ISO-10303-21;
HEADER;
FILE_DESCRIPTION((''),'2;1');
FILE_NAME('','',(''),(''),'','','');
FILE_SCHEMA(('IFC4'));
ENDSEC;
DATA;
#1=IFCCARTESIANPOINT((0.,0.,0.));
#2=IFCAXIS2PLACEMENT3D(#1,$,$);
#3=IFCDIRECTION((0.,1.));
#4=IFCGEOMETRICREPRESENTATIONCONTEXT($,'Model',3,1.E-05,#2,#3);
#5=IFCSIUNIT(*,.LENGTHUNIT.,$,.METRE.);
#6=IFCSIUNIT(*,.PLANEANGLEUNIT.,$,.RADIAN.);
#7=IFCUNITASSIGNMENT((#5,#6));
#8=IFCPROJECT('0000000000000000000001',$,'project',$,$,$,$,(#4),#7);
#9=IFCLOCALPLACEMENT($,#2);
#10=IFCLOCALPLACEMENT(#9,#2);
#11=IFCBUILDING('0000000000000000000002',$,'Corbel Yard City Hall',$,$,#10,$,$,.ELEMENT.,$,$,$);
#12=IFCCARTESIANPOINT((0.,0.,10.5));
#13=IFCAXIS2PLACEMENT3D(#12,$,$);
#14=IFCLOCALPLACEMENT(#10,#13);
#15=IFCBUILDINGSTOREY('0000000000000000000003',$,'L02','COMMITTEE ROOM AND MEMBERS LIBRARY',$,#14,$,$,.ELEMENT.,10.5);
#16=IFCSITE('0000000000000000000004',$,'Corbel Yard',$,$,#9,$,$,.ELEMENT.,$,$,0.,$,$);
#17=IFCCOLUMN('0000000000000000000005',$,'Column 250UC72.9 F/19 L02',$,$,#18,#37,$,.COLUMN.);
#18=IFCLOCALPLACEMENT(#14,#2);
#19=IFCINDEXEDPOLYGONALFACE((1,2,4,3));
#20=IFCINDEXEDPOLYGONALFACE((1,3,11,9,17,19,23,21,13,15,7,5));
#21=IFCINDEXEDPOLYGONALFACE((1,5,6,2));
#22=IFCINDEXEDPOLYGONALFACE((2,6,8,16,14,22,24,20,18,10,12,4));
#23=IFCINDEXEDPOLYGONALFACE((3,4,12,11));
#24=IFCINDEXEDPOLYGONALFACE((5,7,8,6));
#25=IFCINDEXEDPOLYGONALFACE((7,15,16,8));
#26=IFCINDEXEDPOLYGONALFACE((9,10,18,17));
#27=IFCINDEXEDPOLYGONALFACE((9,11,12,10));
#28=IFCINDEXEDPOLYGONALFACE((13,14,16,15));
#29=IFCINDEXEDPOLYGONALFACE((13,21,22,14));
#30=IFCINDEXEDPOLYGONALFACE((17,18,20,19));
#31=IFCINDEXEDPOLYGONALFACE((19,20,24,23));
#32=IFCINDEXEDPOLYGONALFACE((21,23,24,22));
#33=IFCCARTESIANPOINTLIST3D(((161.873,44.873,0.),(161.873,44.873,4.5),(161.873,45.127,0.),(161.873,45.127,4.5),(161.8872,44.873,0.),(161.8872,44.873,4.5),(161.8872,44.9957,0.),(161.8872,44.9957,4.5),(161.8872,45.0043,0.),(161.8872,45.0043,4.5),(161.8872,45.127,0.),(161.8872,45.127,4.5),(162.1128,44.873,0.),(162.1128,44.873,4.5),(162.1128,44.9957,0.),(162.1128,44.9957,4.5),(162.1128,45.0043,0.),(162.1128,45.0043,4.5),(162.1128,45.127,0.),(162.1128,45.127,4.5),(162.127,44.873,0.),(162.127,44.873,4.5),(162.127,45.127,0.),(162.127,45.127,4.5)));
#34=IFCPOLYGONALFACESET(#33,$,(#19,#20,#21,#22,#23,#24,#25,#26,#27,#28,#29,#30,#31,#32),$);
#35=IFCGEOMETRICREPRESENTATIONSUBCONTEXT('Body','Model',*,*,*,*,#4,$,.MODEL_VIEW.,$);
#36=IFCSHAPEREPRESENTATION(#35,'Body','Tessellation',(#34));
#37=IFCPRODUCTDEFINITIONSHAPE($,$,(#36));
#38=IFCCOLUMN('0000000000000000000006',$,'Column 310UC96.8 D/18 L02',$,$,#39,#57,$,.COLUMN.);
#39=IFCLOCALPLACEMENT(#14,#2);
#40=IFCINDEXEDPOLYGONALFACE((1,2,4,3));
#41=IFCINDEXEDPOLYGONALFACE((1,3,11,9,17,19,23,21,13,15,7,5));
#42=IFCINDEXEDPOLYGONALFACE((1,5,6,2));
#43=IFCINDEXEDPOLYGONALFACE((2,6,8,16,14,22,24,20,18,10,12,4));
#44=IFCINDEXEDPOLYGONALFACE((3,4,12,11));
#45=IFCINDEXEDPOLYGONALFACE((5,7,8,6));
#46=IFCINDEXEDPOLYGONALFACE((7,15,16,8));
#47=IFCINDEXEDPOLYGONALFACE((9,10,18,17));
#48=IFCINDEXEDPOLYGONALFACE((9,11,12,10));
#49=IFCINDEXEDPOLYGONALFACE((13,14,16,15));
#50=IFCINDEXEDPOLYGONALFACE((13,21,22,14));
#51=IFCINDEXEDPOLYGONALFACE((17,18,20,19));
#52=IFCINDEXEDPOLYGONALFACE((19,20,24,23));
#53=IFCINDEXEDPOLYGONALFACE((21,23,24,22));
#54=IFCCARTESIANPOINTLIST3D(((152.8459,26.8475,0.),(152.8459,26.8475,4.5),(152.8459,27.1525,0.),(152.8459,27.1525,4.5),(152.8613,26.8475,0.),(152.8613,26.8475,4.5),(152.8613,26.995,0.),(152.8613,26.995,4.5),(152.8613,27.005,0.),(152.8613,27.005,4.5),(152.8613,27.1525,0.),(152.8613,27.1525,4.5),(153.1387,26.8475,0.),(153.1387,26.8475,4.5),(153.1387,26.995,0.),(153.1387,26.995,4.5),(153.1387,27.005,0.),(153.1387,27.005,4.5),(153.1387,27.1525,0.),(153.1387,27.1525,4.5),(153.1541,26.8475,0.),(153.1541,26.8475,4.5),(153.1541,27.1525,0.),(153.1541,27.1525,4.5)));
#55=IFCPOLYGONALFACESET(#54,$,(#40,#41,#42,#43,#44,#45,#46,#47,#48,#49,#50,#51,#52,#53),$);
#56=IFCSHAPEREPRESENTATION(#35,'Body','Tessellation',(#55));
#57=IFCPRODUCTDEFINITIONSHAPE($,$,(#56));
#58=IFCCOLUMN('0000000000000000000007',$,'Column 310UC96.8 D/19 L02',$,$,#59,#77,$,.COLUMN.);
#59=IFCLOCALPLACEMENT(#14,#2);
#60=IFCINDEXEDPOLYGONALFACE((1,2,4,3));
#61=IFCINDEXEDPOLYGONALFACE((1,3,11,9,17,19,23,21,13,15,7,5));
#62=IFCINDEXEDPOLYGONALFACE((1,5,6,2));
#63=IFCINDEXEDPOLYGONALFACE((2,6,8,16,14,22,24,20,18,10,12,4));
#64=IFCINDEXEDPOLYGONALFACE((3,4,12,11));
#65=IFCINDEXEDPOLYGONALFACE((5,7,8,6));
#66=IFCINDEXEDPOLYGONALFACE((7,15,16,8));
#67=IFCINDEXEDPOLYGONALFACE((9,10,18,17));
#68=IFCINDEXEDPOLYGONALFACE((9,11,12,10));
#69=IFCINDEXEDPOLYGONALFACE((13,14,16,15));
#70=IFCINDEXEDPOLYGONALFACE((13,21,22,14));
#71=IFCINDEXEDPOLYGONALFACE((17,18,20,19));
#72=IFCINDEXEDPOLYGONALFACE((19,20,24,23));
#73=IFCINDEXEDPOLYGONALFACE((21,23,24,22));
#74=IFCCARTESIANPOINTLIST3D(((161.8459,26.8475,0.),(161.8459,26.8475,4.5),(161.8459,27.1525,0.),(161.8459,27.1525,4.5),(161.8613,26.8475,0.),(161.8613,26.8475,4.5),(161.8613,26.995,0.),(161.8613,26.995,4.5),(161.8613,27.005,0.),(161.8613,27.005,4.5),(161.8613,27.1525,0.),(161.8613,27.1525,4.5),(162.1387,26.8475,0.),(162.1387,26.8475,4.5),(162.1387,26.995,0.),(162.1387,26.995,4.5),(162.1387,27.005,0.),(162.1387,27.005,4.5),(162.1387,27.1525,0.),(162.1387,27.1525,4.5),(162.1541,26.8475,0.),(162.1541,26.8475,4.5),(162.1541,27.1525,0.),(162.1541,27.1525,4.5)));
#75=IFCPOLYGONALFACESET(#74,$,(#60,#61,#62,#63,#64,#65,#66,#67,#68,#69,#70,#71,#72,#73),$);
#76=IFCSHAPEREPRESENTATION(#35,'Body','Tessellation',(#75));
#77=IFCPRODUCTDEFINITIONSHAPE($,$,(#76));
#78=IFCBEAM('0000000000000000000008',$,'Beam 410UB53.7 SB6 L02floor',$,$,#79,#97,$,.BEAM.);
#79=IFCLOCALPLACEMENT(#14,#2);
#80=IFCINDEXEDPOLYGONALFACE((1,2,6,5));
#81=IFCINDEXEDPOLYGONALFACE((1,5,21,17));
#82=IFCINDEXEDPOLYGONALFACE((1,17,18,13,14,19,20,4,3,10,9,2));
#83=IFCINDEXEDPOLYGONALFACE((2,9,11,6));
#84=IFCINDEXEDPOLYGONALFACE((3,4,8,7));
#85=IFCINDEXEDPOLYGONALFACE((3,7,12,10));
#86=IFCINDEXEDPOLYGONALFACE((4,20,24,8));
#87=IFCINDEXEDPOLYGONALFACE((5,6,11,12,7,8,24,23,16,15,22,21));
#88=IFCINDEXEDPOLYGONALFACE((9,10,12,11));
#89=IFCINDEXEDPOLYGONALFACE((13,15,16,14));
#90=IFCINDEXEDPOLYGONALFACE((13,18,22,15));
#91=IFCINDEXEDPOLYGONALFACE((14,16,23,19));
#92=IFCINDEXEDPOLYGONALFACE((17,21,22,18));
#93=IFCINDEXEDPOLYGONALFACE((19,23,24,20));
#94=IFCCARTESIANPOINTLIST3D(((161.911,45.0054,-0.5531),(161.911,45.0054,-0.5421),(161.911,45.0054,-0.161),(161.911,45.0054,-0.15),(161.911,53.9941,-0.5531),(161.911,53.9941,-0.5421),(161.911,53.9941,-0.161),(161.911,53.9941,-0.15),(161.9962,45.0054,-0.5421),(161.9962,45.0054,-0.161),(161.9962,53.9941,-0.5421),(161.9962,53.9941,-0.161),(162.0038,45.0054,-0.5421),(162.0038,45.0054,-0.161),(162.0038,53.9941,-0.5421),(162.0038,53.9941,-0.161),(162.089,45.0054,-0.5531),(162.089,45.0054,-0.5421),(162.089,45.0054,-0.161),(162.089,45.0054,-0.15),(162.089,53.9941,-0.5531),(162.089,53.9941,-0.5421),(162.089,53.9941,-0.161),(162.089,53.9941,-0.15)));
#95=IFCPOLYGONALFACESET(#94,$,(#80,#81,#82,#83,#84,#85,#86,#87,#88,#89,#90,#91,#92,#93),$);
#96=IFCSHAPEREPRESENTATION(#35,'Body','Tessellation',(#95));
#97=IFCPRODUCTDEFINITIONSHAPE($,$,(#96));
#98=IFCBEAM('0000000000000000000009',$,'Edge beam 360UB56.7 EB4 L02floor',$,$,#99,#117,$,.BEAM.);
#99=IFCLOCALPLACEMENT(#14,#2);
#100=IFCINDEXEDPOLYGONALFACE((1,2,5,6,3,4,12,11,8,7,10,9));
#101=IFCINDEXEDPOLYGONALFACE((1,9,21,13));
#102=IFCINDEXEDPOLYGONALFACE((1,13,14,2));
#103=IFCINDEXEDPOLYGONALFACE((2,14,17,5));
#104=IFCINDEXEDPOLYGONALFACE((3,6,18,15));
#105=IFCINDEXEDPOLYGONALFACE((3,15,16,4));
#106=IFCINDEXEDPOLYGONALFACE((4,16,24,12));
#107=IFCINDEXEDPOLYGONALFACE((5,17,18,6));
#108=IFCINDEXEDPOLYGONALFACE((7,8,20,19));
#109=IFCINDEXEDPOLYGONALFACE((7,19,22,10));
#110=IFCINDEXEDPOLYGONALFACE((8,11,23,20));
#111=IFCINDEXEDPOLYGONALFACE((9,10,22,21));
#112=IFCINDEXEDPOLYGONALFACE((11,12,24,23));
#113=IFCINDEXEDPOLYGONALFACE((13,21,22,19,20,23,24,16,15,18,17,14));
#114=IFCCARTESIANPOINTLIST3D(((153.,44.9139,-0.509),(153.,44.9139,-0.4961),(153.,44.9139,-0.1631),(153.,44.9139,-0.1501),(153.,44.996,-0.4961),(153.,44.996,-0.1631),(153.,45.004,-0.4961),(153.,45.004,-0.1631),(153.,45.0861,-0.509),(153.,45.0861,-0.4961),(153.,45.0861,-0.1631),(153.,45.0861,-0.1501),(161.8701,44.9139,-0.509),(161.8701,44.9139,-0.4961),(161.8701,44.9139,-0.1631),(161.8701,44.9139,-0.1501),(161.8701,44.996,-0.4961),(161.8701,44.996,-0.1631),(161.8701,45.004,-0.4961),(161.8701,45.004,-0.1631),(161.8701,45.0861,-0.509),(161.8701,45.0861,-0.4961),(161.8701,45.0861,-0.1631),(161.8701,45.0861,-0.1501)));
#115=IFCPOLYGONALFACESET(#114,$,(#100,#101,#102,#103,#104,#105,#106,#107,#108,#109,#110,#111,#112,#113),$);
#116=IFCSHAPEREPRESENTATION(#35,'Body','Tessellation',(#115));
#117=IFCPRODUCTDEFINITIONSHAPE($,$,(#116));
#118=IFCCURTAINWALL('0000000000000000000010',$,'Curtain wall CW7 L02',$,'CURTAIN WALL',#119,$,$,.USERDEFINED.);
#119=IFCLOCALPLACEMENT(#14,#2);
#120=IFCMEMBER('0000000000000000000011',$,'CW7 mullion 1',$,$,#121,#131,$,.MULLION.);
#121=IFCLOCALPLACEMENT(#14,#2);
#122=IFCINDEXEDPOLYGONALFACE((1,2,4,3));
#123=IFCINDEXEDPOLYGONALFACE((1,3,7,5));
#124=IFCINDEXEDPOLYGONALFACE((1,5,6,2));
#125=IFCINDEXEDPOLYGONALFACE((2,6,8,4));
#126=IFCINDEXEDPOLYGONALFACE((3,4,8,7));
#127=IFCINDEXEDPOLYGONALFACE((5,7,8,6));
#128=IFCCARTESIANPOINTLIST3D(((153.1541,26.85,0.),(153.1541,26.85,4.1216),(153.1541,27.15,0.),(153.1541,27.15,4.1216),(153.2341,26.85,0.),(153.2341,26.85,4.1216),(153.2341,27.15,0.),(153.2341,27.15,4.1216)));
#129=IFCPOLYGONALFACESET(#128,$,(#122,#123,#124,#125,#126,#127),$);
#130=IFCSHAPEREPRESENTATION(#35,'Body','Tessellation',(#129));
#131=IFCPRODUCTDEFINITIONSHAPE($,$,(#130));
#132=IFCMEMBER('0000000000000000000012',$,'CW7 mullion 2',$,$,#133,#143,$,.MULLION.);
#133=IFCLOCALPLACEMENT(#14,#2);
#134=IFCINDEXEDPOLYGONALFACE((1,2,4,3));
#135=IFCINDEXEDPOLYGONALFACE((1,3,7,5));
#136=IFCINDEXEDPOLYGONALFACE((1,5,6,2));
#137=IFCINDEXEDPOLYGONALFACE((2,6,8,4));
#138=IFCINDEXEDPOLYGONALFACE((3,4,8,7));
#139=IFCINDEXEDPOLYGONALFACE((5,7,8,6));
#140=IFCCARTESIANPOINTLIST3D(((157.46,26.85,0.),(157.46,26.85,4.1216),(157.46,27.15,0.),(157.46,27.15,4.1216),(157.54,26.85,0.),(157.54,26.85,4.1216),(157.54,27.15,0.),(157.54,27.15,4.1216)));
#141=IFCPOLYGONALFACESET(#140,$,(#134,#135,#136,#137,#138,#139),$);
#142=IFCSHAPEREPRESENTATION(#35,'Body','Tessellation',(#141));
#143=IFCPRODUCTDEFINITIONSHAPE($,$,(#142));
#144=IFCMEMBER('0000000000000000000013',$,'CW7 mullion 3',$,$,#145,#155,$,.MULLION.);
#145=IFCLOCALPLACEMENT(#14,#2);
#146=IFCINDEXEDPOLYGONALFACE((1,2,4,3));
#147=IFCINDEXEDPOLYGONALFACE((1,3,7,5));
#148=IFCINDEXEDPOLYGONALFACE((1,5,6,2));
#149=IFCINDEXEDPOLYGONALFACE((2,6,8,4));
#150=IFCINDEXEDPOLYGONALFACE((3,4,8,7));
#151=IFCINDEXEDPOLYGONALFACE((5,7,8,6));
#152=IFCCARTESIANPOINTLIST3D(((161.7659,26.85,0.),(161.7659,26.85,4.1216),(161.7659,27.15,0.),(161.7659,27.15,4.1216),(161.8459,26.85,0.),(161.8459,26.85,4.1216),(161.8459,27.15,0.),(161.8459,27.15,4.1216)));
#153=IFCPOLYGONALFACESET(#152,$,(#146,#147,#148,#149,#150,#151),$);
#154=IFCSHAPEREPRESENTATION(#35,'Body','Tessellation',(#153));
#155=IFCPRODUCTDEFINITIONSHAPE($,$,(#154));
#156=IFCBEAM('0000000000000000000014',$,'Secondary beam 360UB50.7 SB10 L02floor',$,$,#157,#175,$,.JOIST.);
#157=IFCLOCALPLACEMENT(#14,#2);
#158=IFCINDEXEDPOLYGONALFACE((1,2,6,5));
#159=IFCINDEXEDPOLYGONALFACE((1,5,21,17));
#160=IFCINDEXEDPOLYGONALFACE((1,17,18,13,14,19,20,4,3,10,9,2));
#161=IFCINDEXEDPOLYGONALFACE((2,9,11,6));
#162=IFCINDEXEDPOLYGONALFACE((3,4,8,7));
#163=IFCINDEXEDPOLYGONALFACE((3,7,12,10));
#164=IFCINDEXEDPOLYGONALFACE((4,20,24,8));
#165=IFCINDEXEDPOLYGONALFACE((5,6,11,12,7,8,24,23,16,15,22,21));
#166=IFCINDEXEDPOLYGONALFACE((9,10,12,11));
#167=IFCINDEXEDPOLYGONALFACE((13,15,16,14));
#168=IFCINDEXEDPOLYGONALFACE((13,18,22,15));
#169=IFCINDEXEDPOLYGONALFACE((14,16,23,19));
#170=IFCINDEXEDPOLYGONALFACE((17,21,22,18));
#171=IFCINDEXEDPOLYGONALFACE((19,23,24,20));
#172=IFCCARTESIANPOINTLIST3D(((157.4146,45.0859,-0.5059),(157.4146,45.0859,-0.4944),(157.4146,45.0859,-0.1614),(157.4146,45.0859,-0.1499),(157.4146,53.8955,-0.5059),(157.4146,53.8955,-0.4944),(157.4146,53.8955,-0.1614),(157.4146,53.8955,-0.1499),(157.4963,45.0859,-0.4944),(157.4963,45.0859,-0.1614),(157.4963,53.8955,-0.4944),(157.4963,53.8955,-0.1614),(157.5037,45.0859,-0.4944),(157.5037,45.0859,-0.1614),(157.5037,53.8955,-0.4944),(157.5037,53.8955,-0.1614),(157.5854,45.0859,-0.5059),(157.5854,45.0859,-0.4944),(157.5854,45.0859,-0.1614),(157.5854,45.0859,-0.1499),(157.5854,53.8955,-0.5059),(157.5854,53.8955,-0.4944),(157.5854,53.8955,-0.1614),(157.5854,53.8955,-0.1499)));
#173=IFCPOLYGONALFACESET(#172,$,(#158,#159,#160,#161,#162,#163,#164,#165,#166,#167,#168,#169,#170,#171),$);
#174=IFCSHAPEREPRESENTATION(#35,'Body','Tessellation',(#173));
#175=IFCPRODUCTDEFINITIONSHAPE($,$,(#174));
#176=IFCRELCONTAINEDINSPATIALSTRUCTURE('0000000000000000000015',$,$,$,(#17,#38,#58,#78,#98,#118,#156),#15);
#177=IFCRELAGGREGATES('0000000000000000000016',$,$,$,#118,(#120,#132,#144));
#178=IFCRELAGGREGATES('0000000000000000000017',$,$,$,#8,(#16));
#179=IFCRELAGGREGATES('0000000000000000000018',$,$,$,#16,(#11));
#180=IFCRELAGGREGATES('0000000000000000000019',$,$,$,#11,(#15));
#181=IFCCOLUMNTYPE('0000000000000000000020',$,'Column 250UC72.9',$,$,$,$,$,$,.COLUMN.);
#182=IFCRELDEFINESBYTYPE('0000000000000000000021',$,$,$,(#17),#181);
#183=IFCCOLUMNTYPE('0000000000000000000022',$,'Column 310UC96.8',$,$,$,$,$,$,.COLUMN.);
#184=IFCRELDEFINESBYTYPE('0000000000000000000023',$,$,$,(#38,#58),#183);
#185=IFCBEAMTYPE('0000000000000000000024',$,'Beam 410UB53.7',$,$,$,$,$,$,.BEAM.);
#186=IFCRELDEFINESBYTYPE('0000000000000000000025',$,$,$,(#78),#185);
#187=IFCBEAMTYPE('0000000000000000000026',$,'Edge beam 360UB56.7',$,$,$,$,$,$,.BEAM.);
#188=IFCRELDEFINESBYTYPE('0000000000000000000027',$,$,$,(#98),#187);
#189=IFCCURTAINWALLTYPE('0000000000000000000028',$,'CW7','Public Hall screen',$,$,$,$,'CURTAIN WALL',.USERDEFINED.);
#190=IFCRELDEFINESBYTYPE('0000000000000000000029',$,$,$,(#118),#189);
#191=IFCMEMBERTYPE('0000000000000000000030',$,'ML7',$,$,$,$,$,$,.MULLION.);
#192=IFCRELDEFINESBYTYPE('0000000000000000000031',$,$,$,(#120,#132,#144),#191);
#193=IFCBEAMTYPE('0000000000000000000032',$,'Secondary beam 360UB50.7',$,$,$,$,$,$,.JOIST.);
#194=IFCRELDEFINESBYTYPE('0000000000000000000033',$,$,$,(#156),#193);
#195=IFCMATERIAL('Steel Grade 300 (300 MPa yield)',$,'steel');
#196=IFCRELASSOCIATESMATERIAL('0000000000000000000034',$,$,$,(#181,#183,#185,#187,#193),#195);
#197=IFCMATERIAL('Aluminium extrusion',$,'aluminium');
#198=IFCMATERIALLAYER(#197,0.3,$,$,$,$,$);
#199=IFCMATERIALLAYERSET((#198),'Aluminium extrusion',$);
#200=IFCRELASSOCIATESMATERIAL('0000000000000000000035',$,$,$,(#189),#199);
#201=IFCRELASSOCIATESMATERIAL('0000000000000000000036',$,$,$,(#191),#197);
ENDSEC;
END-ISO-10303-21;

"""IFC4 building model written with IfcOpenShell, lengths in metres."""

from ifc_helpers import new_model, si_unit, direction, frame, origin, origin_2d, place, context, subcontext, project, spatial, rectangle, i_section, extrude, material, layer, layer_set, material_profile, profile_set, type_object, element, aggregate, save


model = new_model("IFC4")

# Units and contexts
model_context = context("Model", 3, precision=1e-05, world=origin(), true_north=direction((0.0, 1.0)))
body_context = subcontext(model_context, "Body", "Model", "MODEL_VIEW")
ifc_project = project(units=[si_unit("LENGTHUNIT", "METRE"), si_unit("PLANEANGLEUNIT", "RADIAN")], contexts=[model_context])

# Site, building, storey
site_placement = place(None, origin())
site = spatial("IfcSite", under=ifc_project, at=site_placement, Name="Corbel Yard", CompositionType="ELEMENT", RefElevation=0.0)
building_placement = place(site_placement, origin())
building = spatial("IfcBuilding", under=site, at=building_placement, Name="Corbel Yard City Hall", CompositionType="ELEMENT")
storey_placement = place(building_placement, frame((0.0, 0.0, 10.5)))
storey = spatial("IfcBuildingStorey", under=building, at=storey_placement, Name="L02", Description="COMMITTEE ROOM AND MEMBERS LIBRARY", CompositionType="ELEMENT", Elevation=10.5)

# Columns
ifc_material_1 = material(Name="Steel Grade 300 (300 MPa yield)", Category="steel")
ifc_material_profile_1 = material_profile(ifc_material_1, i_section(OverallWidth=0.2539, OverallDepth=0.2539, WebThickness=0.0085, FlangeThickness=0.0142, at=origin_2d()), Name="250UC72.9")
ifc_profile_set_1 = profile_set([ifc_material_profile_1], Name="Steel Grade 300 (300 MPa yield)")
column_type_1 = type_object("IfcColumnType", Name="Column 250UC72.9", PredefinedType="COLUMN", material=ifc_profile_set_1)
column_placement = place(storey_placement, frame((162.0, 45.0, 0.0), z_axis=(0.0, 0.0, 1.0), x_axis=(0.0, 1.0, 0.0)))
element("IfcColumn", 1, at=column_placement, inside=storey, type_object=column_type_1, Name="Column 250UC72.9 F/19 L02", PredefinedType="COLUMN", context=body_context, shape_type="SweptSolid", body=[
    extrude(i_section(OverallWidth=0.2539, OverallDepth=0.2539, WebThickness=0.0085, FlangeThickness=0.0142, at=origin_2d()), origin(), (0.0, 0.0, 1.0), 4.5),
])
ifc_material_profile_2 = material_profile(ifc_material_1, i_section(OverallWidth=0.3049, OverallDepth=0.3081, WebThickness=0.01, FlangeThickness=0.0154, at=origin_2d()), Name="310UC96.8")
ifc_profile_set_2 = profile_set([ifc_material_profile_2], Name="Steel Grade 300 (300 MPa yield)")
column_type_2 = type_object("IfcColumnType", Name="Column 310UC96.8", PredefinedType="COLUMN", material=ifc_profile_set_2)
for number, where, z_axis, x_axis, name in (
    (2, (153.0, 27.0, 0.0), (0.0, 0.0, 1.0), (0.0, 1.0, 0.0), "Column 310UC96.8 D/18 L02"),
    (3, (162.0, 27.0, 0.0), (0.0, 0.0, 1.0), (0.0, 1.0, 0.0), "Column 310UC96.8 D/19 L02"),
):
    element("IfcColumn", number, at=place(storey_placement, frame(where, z_axis=z_axis, x_axis=x_axis)), inside=storey, type_object=column_type_2, Name=name, PredefinedType="COLUMN", context=body_context, shape_type="SweptSolid", body=[
        extrude(i_section(OverallWidth=0.3049, OverallDepth=0.3081, WebThickness=0.01, FlangeThickness=0.0154, at=origin_2d()), origin(), (0.0, 0.0, 1.0), 4.5),
    ])

# Beams
ifc_material_profile_3 = material_profile(ifc_material_1, i_section(OverallWidth=0.178, OverallDepth=0.4031, WebThickness=0.0076, FlangeThickness=0.011, at=origin_2d()), Name="410UB53.7")
ifc_profile_set_3 = profile_set([ifc_material_profile_3], Name="Steel Grade 300 (300 MPa yield)")
beam_type_1 = type_object("IfcBeamType", Name="Beam 410UB53.7", PredefinedType="BEAM", material=ifc_profile_set_3)
beam_1_placement = place(storey_placement, frame((162.0, 45.0054, -0.3516), z_axis=(0.0, 1.0, 0.0), x_axis=(-1.0, 0.0, 0.0)))
element("IfcBeam", 4, at=beam_1_placement, inside=storey, type_object=beam_type_1, Name="Beam 410UB53.7 SB6 L02floor", PredefinedType="BEAM", context=body_context, shape_type="SweptSolid", body=[
    extrude(i_section(OverallWidth=0.178, OverallDepth=0.4031, WebThickness=0.0076, FlangeThickness=0.011, at=origin_2d()), origin(), (0.0, 0.0, 1.0), 8.9888),
])
ifc_material_profile_4 = material_profile(ifc_material_1, i_section(OverallWidth=0.1721, OverallDepth=0.3589, WebThickness=0.0081, FlangeThickness=0.0129, at=origin_2d()), Name="360UB56.7")
ifc_profile_set_4 = profile_set([ifc_material_profile_4], Name="Steel Grade 300 (300 MPa yield)")
beam_type_2 = type_object("IfcBeamType", Name="Edge beam 360UB56.7", PredefinedType="BEAM", material=ifc_profile_set_4)
beam_2_placement = place(storey_placement, frame((153.0, 45.0, -0.3296), z_axis=(1.0, 0.0, 0.0), x_axis=(0.0, 1.0, 0.0)))
element("IfcBeam", 5, at=beam_2_placement, inside=storey, type_object=beam_type_2, Name="Edge beam 360UB56.7 EB4 L02floor", PredefinedType="BEAM", context=body_context, shape_type="SweptSolid", body=[
    extrude(i_section(OverallWidth=0.1721, OverallDepth=0.3589, WebThickness=0.0081, FlangeThickness=0.0129, at=origin_2d()), origin(), (0.0, 0.0, 1.0), 8.8701),
])

# Curtain wall, members
ifc_material_2 = material(Name="Aluminium extrusion", Category="aluminium")
ifc_layer_1 = layer(ifc_material_2, 0.3)
ifc_layer_set_1 = layer_set([ifc_layer_1], Name="Aluminium extrusion")
curtain_wall_type = type_object("IfcCurtainWallType", Name="CW7", Description="Public Hall screen", ElementType="CURTAIN WALL", PredefinedType="USERDEFINED", material=ifc_layer_set_1)
curtain_wall_placement = place(storey_placement, origin())
curtain_wall = element("IfcCurtainWall", 6, at=curtain_wall_placement, inside=storey, type_object=curtain_wall_type, Name="Curtain wall CW7 L02", ObjectType="CURTAIN WALL", PredefinedType="USERDEFINED")
ifc_material_profile_5 = material_profile(ifc_material_2, rectangle(XDim=0.3, YDim=0.0801, at=origin_2d()), Name="300x80")
ifc_profile_set_5 = profile_set([ifc_material_profile_5], Name="Aluminium extrusion")
member_type_1 = type_object("IfcMemberType", Name="ML7", PredefinedType="MULLION", material=ifc_profile_set_5)
member_1_placement = place(storey_placement, frame((153.1941, 27.0, 0.0), z_axis=(0.0, 0.0, 1.0), x_axis=(0.0, 1.0, 0.0)))
member_1 = element("IfcMember", 7, at=member_1_placement, type_object=member_type_1, Name="CW7 mullion 1", PredefinedType="MULLION", context=body_context, shape_type="SweptSolid", body=[
    extrude(rectangle(XDim=0.3, YDim=0.0801, at=origin_2d()), origin(), (0.0, 0.0, 1.0), 4.1216),
])
member_2_placement = place(storey_placement, frame((157.5, 27.0, 0.0), z_axis=(0.0, 0.0, 1.0), x_axis=(0.0, 1.0, 0.0)))
member_2 = element("IfcMember", 8, at=member_2_placement, type_object=member_type_1, Name="CW7 mullion 2", PredefinedType="MULLION", context=body_context, shape_type="SweptSolid", body=[
    extrude(rectangle(XDim=0.3, YDim=0.0801, at=origin_2d()), origin(), (0.0, 0.0, 1.0), 4.1216),
])
member_3_placement = place(storey_placement, frame((161.8059, 27.0, 0.0), z_axis=(0.0, 0.0, 1.0), x_axis=(0.0, 1.0, 0.0)))
member_3 = element("IfcMember", 9, at=member_3_placement, type_object=member_type_1, Name="CW7 mullion 3", PredefinedType="MULLION", context=body_context, shape_type="SweptSolid", body=[
    extrude(rectangle(XDim=0.3, YDim=0.0801, at=origin_2d()), origin(), (0.0, 0.0, 1.0), 4.1216),
])

# Beam
ifc_material_profile_6 = material_profile(ifc_material_1, i_section(OverallWidth=0.1709, OverallDepth=0.356, WebThickness=0.0073, FlangeThickness=0.0115, at=origin_2d()), Name="360UB50.7")
ifc_profile_set_6 = profile_set([ifc_material_profile_6], Name="Steel Grade 300 (300 MPa yield)")
beam_type_3 = type_object("IfcBeamType", Name="Secondary beam 360UB50.7", PredefinedType="JOIST", material=ifc_profile_set_6)
beam_3_placement = place(storey_placement, frame((157.5, 45.0859, -0.3279), z_axis=(0.0, 1.0, 0.0), x_axis=(-1.0, 0.0, 0.0)))
element("IfcBeam", 10, at=beam_3_placement, inside=storey, type_object=beam_type_3, Name="Secondary beam 360UB50.7 SB10 L02floor", PredefinedType="JOIST", context=body_context, shape_type="SweptSolid", body=[
    extrude(i_section(OverallWidth=0.1709, OverallDepth=0.356, WebThickness=0.0073, FlangeThickness=0.0115, at=origin_2d()), origin(), (0.0, 0.0, 1.0), 8.8096),
])

aggregate(curtain_wall, [member_1, member_2, member_3])

save(model, "model.ifc")
